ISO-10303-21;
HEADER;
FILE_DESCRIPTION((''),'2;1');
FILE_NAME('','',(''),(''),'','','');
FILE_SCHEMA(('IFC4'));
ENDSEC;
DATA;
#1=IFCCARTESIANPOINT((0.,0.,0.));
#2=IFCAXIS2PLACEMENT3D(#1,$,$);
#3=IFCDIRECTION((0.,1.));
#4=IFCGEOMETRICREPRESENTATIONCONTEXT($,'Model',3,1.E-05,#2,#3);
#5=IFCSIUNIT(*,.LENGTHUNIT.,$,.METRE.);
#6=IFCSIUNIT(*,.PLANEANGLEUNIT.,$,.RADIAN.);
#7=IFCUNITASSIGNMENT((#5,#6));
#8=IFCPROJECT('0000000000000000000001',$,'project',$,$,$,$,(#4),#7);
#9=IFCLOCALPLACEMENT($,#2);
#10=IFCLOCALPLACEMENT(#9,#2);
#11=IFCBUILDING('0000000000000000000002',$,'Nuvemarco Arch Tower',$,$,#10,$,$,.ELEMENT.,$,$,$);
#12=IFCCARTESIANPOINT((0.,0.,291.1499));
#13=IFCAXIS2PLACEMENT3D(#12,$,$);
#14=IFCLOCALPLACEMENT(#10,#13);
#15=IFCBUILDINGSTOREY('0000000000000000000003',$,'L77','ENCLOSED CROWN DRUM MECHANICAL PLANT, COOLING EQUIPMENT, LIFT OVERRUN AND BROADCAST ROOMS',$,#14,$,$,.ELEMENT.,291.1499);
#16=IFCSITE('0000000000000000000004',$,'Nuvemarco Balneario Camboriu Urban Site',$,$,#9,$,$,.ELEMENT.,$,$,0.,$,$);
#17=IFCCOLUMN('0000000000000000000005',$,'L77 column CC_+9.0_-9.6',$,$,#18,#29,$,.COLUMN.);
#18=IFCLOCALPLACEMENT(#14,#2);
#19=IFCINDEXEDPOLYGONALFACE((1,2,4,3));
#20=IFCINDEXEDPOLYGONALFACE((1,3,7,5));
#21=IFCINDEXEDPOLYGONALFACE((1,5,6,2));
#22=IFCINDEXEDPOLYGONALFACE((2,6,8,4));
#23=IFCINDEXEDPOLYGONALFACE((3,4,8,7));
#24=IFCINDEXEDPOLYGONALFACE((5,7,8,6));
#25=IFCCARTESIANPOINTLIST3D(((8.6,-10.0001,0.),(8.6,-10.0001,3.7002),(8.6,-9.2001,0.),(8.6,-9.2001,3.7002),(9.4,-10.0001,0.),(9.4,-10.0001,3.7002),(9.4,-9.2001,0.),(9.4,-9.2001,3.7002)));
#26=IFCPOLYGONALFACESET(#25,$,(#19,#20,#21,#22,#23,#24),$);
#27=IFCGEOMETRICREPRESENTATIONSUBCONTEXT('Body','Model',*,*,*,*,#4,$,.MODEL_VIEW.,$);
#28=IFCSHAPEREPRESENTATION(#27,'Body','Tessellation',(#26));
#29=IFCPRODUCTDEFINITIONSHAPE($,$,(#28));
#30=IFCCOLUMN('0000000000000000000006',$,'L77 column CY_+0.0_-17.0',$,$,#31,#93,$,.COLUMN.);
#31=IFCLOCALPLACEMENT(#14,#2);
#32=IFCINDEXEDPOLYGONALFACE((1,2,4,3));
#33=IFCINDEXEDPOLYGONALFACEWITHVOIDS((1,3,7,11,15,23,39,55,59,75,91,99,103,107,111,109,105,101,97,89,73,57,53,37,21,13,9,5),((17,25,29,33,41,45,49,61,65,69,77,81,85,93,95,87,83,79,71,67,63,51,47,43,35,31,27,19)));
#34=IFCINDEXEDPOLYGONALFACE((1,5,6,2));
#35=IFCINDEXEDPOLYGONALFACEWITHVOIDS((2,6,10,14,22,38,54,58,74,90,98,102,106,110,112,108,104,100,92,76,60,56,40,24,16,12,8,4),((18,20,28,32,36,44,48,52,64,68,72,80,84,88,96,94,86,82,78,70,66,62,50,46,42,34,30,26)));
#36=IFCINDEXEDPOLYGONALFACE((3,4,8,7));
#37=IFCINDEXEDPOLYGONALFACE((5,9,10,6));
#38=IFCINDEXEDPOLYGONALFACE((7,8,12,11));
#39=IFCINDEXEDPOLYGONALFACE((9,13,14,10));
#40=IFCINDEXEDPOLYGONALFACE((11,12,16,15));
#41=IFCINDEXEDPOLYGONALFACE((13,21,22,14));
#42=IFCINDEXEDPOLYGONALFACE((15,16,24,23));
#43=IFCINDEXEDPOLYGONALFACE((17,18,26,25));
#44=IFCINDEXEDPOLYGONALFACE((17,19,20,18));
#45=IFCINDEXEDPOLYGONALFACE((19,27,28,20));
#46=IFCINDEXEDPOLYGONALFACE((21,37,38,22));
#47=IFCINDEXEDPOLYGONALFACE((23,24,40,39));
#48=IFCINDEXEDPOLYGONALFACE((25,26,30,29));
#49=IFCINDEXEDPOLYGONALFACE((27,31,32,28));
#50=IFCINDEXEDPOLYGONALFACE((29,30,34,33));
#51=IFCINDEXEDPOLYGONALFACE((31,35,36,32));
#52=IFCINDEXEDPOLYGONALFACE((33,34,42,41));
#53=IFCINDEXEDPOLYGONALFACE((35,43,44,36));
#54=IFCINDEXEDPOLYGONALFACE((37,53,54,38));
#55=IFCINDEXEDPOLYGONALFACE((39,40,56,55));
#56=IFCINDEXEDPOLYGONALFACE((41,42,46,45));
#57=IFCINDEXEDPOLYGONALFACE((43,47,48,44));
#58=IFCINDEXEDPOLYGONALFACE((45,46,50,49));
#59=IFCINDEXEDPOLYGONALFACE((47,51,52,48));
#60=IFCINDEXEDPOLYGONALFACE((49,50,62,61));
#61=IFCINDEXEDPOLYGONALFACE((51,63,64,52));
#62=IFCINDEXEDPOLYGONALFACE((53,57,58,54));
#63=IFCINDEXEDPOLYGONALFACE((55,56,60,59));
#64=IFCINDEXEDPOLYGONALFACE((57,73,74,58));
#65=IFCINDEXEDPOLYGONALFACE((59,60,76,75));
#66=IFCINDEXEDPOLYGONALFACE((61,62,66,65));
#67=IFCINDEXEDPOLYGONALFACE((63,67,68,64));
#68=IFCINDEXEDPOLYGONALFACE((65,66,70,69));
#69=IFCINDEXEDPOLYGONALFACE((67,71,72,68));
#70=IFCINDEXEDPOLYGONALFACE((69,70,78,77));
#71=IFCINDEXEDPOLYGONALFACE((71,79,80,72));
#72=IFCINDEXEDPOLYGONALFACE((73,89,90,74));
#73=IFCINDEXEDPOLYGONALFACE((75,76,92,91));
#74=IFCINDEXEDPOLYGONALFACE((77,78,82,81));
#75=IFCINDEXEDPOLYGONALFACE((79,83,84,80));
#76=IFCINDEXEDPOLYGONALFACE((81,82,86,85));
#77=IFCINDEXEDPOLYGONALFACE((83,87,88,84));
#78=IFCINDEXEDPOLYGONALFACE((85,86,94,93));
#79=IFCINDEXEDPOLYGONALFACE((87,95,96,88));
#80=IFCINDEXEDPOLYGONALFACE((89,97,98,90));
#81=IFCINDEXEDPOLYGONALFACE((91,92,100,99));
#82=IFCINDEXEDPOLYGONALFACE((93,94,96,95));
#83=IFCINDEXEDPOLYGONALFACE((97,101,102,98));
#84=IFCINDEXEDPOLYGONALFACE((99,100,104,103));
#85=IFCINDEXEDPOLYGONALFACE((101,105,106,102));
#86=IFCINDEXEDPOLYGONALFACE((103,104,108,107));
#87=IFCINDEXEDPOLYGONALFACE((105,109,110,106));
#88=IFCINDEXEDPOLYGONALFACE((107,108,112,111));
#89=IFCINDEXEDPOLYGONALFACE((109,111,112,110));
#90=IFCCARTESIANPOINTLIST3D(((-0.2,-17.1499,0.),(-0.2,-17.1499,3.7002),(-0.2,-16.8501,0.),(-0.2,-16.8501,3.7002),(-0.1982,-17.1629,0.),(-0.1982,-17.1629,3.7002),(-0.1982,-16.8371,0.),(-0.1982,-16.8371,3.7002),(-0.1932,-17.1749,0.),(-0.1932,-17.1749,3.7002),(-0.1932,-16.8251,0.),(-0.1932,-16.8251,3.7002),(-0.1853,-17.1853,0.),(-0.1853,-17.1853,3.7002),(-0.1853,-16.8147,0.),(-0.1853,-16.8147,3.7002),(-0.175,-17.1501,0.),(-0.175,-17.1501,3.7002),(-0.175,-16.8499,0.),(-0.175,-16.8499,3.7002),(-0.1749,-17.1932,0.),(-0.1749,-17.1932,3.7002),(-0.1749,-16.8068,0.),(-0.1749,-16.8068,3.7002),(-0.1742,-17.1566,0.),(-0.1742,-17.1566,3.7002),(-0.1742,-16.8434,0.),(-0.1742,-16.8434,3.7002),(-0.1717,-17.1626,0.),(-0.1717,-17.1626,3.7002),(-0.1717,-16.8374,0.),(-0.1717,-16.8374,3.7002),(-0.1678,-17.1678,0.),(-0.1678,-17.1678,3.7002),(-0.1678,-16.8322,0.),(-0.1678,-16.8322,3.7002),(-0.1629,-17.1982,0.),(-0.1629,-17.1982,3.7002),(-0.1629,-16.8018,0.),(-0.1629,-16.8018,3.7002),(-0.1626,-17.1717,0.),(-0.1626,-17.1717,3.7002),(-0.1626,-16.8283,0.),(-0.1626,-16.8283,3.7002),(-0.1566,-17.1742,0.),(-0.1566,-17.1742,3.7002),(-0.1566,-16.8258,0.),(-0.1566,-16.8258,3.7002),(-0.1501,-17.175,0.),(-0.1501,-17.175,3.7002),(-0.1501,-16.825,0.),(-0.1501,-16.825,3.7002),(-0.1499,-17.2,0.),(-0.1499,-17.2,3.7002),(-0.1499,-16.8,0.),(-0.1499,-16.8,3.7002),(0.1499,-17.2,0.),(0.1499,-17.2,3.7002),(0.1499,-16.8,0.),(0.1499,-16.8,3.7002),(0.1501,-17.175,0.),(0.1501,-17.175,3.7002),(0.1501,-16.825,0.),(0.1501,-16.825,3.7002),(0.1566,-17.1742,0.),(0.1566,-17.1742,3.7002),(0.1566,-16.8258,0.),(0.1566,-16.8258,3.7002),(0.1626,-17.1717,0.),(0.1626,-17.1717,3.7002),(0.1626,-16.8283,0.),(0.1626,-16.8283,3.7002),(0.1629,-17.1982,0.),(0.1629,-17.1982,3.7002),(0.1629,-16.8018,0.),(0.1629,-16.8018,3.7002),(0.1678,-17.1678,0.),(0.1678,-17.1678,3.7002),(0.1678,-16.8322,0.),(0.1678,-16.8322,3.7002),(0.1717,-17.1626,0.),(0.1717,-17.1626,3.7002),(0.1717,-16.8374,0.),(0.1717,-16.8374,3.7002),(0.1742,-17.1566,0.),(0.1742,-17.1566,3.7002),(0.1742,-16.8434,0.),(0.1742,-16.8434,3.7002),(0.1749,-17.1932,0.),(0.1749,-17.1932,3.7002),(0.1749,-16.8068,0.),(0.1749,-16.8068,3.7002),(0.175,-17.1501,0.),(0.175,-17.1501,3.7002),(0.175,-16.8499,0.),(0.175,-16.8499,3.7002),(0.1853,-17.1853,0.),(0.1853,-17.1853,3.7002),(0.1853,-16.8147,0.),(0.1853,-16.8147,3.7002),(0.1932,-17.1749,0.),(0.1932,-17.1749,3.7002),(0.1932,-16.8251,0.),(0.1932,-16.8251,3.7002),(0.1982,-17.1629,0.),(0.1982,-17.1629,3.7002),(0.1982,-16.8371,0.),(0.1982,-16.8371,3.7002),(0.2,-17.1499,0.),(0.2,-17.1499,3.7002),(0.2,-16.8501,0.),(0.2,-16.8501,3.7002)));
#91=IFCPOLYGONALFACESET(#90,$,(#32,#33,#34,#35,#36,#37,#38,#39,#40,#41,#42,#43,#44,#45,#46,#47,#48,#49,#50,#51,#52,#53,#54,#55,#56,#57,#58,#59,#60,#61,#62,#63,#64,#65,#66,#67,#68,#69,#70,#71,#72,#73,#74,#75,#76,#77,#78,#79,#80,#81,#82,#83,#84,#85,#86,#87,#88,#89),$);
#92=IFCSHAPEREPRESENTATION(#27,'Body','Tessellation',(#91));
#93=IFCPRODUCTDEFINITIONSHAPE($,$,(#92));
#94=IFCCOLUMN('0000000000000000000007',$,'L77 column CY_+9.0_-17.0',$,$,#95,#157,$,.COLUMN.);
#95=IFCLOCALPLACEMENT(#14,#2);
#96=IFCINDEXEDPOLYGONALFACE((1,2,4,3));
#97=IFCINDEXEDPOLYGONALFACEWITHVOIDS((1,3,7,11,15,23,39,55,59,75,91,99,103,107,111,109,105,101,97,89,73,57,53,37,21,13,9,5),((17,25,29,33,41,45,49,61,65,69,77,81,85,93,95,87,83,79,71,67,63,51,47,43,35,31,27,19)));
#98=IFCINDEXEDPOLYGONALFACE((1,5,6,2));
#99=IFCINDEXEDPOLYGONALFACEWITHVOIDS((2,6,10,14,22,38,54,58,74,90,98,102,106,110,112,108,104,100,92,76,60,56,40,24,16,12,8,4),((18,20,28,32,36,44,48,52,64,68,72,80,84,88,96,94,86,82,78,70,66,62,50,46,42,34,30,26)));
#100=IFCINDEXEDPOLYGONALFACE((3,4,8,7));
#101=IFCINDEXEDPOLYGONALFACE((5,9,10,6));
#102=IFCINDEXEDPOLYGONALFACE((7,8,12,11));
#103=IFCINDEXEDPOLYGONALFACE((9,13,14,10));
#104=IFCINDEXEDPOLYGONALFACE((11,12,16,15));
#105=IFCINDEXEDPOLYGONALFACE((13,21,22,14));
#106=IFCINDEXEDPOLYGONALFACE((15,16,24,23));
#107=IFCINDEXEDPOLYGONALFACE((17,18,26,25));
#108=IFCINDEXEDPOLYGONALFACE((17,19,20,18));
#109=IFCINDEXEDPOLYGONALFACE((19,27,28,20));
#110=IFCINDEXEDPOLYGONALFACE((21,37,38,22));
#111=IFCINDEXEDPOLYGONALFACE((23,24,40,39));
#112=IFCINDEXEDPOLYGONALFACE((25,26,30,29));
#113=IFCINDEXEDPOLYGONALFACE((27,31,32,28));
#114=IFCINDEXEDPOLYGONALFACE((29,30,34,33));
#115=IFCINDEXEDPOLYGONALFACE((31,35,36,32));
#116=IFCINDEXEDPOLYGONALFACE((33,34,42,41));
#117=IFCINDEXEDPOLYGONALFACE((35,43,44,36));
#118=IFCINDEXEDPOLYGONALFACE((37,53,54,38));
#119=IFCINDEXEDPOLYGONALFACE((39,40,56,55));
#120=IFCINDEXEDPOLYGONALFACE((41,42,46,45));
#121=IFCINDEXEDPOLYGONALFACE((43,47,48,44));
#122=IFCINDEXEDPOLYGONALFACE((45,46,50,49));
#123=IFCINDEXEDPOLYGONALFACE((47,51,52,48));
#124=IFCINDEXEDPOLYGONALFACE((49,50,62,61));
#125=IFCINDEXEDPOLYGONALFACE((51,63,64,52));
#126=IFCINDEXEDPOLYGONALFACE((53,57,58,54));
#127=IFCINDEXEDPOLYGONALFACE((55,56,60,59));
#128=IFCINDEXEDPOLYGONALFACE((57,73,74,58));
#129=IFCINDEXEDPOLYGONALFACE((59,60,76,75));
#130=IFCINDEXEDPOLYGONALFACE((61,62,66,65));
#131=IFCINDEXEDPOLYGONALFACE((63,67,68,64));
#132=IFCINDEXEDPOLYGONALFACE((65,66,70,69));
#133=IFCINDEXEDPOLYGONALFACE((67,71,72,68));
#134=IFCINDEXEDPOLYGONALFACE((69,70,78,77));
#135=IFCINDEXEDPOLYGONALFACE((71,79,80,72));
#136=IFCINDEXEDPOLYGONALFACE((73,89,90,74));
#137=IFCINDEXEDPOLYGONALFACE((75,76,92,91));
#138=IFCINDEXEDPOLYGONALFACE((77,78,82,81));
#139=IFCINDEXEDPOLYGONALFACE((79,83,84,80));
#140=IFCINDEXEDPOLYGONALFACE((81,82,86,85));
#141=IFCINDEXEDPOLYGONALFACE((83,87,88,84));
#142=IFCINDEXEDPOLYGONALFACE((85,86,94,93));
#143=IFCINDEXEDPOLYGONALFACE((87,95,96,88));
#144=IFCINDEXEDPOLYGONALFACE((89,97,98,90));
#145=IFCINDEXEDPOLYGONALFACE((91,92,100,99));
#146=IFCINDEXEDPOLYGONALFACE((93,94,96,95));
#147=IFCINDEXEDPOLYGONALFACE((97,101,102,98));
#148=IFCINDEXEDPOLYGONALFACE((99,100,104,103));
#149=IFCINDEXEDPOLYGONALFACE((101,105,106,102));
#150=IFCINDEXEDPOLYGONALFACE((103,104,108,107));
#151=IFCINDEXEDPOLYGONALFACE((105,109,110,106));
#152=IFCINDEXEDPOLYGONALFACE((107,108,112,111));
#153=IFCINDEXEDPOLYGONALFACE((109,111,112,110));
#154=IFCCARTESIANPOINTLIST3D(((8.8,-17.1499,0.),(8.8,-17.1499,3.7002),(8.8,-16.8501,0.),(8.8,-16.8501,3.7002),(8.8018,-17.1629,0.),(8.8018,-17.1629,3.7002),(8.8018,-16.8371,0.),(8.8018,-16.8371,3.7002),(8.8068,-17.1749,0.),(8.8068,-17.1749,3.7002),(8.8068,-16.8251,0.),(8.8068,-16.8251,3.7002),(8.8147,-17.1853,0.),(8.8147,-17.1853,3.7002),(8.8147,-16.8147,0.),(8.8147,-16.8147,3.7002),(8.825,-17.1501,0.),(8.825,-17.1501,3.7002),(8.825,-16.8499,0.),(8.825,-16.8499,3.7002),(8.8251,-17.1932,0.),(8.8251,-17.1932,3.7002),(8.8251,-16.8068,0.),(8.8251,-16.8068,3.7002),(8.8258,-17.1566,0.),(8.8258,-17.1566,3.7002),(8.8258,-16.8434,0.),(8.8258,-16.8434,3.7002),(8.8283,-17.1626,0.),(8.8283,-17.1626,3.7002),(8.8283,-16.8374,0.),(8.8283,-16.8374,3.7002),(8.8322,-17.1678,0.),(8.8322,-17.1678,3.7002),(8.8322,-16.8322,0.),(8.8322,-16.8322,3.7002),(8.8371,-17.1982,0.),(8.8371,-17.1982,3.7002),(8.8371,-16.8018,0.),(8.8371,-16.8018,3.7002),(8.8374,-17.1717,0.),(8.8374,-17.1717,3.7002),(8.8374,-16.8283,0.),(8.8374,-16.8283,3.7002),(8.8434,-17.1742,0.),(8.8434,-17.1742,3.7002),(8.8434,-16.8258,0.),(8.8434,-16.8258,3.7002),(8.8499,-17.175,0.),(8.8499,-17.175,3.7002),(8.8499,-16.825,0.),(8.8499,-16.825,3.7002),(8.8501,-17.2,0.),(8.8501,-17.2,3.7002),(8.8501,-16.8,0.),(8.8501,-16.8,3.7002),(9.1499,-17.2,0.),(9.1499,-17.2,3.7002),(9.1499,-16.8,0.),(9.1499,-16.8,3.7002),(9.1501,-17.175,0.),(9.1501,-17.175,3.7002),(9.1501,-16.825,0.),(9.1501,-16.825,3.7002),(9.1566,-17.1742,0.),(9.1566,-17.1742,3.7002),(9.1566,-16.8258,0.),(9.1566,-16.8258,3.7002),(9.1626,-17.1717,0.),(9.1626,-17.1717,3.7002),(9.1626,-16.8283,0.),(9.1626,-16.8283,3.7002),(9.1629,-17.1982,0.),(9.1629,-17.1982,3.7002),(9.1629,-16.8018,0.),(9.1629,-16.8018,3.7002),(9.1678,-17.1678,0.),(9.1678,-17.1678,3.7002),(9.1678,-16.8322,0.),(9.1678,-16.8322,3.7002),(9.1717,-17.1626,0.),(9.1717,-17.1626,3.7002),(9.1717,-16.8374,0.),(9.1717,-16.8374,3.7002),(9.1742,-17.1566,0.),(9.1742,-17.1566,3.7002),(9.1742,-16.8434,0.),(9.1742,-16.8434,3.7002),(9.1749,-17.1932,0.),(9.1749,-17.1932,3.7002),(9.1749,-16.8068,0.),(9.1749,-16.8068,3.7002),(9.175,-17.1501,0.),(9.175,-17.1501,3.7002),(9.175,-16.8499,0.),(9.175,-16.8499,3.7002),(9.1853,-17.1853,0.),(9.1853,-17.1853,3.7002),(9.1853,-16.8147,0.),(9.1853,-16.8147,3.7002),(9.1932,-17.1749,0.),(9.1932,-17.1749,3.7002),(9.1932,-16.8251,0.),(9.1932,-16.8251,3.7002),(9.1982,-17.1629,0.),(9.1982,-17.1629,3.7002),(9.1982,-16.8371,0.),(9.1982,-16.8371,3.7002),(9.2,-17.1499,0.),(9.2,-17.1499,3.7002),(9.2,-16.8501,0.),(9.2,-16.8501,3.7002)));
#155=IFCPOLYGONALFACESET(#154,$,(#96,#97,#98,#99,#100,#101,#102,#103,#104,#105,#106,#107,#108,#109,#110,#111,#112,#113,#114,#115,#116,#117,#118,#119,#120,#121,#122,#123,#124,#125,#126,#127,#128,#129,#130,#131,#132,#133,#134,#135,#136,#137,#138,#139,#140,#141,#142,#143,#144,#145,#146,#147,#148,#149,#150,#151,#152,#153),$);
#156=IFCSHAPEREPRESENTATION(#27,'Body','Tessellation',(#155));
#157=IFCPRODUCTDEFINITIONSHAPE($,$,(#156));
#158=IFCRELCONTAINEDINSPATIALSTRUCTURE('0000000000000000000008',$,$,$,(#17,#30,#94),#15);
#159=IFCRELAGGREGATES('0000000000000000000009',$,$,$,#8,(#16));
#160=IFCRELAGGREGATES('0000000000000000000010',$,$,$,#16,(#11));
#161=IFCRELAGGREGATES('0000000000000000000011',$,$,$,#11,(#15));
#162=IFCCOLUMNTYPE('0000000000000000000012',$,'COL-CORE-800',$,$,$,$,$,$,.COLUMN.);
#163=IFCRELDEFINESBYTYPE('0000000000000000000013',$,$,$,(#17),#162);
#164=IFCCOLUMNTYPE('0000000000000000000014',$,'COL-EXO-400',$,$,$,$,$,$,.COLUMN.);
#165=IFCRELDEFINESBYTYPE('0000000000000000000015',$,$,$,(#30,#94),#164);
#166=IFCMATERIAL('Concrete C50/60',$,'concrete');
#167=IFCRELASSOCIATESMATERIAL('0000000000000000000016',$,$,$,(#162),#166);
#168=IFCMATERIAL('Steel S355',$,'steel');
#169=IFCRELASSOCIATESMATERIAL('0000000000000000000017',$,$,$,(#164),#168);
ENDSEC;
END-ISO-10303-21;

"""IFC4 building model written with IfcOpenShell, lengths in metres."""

from ifc_helpers import new_model, si_unit, direction, frame, origin, origin_2d, place, context, subcontext, project, spatial, rectangle, hollow_rectangle, extrude, material, material_profile, profile_set, type_object, element, save


model = new_model("IFC4")

# Units and contexts
model_context = context("Model", 3, precision=1e-05, world=origin(), true_north=direction((0.0, 1.0)))
body_context = subcontext(model_context, "Body", "Model", "MODEL_VIEW")
ifc_project = project(units=[si_unit("LENGTHUNIT", "METRE"), si_unit("PLANEANGLEUNIT", "RADIAN")], contexts=[model_context])

# Site, building, storey
site_placement = place(None, origin())
site = spatial("IfcSite", under=ifc_project, at=site_placement, Name="Nuvemarco Balneario Camboriu Urban Site", CompositionType="ELEMENT", RefElevation=0.0)
building_placement = place(site_placement, origin())
building = spatial("IfcBuilding", under=site, at=building_placement, Name="Nuvemarco Arch Tower", CompositionType="ELEMENT")
storey_placement = place(building_placement, frame((0.0, 0.0, 291.1499)))
storey = spatial("IfcBuildingStorey", under=building, at=storey_placement, Name="L77", Description="ENCLOSED CROWN DRUM MECHANICAL PLANT, COOLING EQUIPMENT, LIFT OVERRUN AND BROADCAST ROOMS", CompositionType="ELEMENT", Elevation=291.1499)

# Columns
ifc_material_1 = material(Name="Concrete C50/60", Category="concrete")
ifc_material_profile_1 = material_profile(ifc_material_1, rectangle(XDim=0.8, YDim=0.8, at=origin_2d()), Name="RC-COL-800x800")
ifc_profile_set_1 = profile_set([ifc_material_profile_1], Name="Concrete C50/60")
column_type_1 = type_object("IfcColumnType", Name="COL-CORE-800", PredefinedType="COLUMN", material=ifc_profile_set_1)
column_placement = place(storey_placement, frame((9.0, -9.6001, 0.0), z_axis=(0.0, 0.0, 1.0), x_axis=(1.0, 0.0, 0.0)))
element("IfcColumn", 1, at=column_placement, inside=storey, type_object=column_type_1, Name="L77 column CC_+9.0_-9.6", PredefinedType="COLUMN", context=body_context, shape_type="SweptSolid", body=[
    extrude(rectangle(XDim=0.8, YDim=0.8, at=origin_2d()), origin(), (0.0, 0.0, 1.0), 3.7002),
])
ifc_material_2 = material(Name="Steel S355", Category="steel")
ifc_material_profile_2 = material_profile(ifc_material_2, hollow_rectangle(XDim=0.3999, YDim=0.3999, WallThickness=0.0249, InnerFilletRadius=0.0249, OuterFilletRadius=0.05, at=origin_2d()), Name="SHS400x400x25")
ifc_profile_set_2 = profile_set([ifc_material_profile_2], Name="Steel S355")
column_type_2 = type_object("IfcColumnType", Name="COL-EXO-400", PredefinedType="COLUMN", material=ifc_profile_set_2)
for number, where, z_axis, x_axis, name in (
    (2, (0.0, -17.0, 0.0), (0.0, 0.0, 1.0), (1.0, 0.0, 0.0), "L77 column CY_+0.0_-17.0"),
    (3, (9.0, -17.0, 0.0), (0.0, 0.0, 1.0), (1.0, 0.0, 0.0), "L77 column CY_+9.0_-17.0"),
):
    element("IfcColumn", number, at=place(storey_placement, frame(where, z_axis=z_axis, x_axis=x_axis)), inside=storey, type_object=column_type_2, Name=name, PredefinedType="COLUMN", context=body_context, shape_type="SweptSolid", body=[
        extrude(hollow_rectangle(XDim=0.3999, YDim=0.3999, WallThickness=0.0249, InnerFilletRadius=0.0249, OuterFilletRadius=0.05, at=origin_2d()), origin(), (0.0, 0.0, 1.0), 3.7002),
    ])

save(model, "model.ifc")
